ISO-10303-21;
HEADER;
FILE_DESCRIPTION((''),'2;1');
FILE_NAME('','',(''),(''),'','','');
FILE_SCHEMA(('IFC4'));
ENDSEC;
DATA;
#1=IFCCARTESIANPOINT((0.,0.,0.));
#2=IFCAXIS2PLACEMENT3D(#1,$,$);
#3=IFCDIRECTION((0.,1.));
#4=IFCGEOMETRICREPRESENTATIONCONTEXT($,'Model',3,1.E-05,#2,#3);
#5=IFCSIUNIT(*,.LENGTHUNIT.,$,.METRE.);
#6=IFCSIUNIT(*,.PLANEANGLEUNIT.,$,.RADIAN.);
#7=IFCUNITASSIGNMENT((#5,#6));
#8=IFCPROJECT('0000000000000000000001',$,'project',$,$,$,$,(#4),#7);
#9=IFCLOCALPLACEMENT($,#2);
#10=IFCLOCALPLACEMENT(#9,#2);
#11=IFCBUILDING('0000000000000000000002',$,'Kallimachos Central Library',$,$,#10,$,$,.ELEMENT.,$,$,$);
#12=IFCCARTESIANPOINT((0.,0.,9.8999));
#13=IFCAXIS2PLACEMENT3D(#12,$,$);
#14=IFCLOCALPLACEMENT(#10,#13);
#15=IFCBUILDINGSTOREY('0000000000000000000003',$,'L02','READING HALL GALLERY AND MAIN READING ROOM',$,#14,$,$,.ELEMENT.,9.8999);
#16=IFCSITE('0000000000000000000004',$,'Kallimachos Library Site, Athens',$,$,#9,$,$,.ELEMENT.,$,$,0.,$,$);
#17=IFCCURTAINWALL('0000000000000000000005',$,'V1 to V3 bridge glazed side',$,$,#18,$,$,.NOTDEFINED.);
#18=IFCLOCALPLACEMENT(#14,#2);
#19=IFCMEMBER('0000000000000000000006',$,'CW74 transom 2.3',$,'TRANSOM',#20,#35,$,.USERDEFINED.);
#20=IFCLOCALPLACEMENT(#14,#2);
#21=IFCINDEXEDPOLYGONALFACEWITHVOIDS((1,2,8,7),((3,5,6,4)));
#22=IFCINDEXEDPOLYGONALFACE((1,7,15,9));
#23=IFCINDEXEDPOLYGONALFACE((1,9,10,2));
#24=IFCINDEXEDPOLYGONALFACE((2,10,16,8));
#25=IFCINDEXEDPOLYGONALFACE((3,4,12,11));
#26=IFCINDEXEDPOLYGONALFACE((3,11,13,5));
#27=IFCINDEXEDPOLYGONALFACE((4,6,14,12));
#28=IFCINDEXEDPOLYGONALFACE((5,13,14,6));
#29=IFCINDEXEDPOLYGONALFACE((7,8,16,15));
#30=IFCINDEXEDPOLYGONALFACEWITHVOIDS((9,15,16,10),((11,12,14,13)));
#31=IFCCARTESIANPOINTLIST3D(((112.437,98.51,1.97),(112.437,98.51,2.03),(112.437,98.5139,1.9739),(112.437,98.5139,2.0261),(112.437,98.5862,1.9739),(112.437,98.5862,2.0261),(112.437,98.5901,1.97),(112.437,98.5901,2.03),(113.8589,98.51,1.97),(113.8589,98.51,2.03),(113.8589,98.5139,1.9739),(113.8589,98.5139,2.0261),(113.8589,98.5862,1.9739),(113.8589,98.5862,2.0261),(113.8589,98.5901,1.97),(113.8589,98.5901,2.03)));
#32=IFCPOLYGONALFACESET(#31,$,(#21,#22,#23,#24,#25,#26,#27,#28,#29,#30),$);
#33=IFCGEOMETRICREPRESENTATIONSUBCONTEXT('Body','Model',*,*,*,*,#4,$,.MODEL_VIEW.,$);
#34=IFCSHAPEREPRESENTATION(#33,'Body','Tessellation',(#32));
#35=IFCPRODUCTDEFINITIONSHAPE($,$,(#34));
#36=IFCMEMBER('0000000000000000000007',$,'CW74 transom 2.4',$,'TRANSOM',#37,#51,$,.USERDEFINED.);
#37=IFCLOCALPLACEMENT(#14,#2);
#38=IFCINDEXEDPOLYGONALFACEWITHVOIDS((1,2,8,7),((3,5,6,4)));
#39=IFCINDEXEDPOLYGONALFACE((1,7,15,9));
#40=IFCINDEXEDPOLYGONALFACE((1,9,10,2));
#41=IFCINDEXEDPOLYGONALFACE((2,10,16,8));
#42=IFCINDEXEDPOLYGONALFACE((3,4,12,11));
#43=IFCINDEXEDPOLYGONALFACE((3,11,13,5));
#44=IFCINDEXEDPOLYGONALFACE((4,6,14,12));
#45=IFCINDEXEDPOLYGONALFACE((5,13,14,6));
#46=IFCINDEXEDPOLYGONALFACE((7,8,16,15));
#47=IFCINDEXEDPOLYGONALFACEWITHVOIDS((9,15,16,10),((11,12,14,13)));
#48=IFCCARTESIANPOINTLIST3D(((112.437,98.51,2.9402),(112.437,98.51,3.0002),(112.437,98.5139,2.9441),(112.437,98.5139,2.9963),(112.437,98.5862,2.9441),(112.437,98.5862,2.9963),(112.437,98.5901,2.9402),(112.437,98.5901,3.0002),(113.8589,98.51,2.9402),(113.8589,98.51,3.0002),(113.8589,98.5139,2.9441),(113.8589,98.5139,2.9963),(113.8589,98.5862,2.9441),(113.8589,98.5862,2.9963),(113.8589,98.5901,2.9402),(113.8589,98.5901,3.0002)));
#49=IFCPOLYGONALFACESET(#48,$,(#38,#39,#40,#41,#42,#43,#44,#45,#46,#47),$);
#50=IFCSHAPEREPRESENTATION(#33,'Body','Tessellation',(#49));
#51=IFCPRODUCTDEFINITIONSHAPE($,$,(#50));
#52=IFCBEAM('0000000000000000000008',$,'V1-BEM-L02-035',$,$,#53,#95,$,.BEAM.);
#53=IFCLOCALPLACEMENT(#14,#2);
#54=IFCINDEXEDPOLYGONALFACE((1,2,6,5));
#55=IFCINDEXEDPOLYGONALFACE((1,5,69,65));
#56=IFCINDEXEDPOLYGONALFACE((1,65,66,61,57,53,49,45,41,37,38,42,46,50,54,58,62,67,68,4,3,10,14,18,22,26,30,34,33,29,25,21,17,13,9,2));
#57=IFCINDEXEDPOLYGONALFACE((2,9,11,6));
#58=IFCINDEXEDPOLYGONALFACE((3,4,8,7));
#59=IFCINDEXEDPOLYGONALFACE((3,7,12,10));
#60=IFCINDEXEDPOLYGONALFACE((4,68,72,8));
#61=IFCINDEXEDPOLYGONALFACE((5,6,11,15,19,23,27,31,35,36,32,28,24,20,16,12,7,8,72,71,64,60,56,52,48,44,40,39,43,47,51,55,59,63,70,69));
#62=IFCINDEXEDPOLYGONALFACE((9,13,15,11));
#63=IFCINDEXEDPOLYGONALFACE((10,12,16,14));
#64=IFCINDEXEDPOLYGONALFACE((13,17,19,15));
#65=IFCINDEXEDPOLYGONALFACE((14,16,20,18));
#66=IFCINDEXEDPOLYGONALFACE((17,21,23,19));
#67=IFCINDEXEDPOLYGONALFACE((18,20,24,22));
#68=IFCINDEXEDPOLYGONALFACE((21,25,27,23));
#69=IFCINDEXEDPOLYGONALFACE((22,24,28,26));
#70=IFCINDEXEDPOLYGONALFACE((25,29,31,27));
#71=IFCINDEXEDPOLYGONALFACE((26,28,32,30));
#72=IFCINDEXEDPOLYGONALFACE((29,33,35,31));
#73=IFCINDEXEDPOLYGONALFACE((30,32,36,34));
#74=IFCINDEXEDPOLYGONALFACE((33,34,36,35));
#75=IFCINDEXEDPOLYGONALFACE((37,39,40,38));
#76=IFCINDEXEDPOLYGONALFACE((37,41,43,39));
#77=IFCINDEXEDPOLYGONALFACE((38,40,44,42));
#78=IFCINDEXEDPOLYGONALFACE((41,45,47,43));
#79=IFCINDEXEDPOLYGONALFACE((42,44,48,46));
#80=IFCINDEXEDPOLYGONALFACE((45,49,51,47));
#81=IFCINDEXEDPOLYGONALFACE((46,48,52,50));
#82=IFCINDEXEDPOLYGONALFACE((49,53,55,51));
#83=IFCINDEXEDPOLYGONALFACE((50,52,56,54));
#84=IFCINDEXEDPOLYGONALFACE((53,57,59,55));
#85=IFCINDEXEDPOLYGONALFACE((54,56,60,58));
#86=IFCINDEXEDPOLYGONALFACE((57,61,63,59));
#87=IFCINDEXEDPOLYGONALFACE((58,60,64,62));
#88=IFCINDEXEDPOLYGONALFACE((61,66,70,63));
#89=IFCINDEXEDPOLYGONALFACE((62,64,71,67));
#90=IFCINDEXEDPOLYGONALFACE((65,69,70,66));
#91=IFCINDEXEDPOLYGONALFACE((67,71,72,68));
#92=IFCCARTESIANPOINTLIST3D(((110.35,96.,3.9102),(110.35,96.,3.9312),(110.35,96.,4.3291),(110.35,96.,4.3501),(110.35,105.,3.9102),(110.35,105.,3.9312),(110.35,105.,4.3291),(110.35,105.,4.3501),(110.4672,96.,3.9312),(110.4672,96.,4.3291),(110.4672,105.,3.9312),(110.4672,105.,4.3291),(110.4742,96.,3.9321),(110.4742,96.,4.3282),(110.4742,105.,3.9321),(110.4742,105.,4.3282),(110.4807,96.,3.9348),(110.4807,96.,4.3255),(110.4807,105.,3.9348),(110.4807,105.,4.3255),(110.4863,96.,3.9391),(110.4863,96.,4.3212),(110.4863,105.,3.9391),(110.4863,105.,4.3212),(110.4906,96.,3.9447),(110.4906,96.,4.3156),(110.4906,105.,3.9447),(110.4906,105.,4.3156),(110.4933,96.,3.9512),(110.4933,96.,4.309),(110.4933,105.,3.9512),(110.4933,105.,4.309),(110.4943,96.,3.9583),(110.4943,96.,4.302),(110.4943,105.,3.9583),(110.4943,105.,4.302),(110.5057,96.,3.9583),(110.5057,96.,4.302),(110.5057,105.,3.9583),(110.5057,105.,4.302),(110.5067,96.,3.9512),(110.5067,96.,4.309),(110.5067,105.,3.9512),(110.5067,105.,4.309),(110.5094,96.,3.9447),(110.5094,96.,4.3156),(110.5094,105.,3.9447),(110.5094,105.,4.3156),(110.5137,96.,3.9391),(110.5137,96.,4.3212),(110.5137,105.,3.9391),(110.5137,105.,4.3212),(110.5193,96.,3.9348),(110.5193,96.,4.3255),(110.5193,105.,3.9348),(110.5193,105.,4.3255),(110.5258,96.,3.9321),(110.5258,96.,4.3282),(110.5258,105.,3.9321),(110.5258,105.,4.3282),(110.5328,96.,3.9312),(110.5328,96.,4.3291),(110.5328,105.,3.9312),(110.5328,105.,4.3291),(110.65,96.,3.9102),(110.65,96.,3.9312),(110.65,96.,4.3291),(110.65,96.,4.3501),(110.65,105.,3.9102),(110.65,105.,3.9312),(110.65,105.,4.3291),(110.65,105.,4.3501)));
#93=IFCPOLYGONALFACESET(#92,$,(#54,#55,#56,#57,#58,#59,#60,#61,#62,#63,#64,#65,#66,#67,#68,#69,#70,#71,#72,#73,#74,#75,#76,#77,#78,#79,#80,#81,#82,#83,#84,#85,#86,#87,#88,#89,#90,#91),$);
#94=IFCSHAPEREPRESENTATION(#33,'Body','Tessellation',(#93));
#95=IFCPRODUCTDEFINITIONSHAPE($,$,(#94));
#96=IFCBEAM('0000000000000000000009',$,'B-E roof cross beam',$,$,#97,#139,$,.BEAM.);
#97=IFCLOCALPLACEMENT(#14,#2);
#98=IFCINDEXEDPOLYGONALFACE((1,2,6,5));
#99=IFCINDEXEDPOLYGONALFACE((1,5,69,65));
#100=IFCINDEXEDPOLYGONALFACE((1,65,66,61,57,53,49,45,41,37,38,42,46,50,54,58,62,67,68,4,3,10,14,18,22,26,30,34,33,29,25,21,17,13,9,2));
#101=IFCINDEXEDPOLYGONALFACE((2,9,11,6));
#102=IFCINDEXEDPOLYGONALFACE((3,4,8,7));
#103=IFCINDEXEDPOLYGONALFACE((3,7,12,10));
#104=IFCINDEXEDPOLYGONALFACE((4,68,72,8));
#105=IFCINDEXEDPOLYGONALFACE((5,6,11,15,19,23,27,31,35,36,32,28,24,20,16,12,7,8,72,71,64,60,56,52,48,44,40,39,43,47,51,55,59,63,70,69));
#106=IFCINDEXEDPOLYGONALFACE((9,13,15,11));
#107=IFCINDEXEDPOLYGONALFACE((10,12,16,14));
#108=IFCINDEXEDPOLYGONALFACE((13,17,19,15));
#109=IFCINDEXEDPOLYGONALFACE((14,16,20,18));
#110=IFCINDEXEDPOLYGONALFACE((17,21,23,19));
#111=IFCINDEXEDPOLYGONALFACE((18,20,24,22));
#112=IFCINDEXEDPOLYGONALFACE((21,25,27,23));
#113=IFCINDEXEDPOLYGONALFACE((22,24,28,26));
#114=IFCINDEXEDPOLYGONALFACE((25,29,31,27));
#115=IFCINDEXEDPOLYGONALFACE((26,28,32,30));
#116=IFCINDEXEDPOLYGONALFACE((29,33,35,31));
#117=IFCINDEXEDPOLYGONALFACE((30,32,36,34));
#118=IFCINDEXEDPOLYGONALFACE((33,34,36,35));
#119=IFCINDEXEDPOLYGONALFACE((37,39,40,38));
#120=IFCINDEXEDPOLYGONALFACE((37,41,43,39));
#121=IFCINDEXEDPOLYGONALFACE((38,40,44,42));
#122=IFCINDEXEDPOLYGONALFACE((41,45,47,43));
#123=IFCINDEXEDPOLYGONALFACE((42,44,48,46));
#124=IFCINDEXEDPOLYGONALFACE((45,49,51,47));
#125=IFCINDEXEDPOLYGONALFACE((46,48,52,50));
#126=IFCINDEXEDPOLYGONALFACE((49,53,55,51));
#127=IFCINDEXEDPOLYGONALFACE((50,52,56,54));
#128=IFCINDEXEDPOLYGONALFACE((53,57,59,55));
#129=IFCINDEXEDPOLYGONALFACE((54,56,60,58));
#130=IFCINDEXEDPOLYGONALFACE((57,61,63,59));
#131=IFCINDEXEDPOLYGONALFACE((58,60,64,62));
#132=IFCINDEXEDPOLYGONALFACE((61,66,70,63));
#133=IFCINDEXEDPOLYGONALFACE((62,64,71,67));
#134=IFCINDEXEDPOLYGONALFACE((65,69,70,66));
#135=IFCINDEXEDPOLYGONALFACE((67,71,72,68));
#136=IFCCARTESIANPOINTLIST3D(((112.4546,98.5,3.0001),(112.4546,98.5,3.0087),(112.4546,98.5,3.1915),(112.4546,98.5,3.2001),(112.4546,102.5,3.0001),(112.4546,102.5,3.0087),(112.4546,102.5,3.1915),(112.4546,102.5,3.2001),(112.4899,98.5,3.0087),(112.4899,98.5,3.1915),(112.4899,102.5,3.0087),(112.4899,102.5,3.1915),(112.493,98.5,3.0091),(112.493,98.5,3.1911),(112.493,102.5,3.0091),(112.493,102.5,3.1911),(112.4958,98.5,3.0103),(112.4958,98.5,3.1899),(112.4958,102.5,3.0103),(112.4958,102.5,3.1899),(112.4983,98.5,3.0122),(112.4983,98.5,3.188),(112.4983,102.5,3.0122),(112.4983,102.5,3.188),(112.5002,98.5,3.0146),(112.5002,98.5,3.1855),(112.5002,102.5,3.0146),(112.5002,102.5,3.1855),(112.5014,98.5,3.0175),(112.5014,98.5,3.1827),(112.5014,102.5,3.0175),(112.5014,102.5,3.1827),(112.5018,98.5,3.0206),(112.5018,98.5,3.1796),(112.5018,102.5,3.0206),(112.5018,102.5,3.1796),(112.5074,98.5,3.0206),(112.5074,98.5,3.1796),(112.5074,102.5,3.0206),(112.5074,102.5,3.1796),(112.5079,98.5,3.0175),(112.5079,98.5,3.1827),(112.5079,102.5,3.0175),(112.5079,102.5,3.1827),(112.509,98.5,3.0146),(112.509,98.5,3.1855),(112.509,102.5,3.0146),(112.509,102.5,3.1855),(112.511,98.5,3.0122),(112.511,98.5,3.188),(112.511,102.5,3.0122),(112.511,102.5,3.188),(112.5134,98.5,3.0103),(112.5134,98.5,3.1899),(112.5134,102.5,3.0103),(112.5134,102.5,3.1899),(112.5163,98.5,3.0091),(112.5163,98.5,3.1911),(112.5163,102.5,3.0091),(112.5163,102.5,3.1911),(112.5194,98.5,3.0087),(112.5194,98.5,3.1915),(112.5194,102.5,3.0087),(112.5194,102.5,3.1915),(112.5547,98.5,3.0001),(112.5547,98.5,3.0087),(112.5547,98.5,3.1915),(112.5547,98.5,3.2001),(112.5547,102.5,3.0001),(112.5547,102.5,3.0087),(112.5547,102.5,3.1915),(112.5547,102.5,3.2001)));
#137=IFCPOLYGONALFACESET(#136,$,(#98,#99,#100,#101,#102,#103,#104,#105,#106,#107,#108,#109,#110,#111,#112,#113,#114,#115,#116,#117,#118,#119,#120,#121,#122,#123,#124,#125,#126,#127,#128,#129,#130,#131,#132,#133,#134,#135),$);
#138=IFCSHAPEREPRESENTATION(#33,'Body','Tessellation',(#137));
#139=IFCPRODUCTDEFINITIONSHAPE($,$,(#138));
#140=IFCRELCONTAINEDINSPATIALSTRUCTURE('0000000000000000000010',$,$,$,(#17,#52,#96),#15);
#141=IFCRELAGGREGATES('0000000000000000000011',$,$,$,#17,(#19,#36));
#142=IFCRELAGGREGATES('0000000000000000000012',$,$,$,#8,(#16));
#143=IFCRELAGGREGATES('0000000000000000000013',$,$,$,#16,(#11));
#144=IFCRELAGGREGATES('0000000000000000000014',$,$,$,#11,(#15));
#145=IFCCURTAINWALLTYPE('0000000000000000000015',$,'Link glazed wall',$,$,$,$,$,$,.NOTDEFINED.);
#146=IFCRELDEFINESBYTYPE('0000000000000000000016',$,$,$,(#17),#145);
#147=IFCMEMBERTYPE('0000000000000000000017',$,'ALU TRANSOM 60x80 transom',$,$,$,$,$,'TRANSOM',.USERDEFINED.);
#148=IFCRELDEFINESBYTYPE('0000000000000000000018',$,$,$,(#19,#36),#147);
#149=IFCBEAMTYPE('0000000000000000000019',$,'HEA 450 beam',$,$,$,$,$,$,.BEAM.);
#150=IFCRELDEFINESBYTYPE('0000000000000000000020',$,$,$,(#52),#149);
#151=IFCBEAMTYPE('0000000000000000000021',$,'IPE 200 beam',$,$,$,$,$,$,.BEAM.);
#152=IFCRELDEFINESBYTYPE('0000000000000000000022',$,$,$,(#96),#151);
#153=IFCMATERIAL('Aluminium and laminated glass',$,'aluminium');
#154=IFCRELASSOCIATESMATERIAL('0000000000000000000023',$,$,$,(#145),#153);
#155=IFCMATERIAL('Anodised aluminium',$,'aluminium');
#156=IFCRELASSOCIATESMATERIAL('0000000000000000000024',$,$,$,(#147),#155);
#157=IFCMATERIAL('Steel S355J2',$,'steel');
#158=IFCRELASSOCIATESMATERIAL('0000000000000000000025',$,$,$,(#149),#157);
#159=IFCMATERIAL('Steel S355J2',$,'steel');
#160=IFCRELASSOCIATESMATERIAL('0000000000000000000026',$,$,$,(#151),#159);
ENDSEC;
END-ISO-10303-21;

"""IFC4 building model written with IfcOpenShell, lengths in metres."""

from ifc_helpers import new_model, si_unit, direction, frame, origin, origin_2d, place, context, subcontext, project, spatial, hollow_rectangle, i_section, extrude, material, material_profile, profile_set, type_object, element, aggregate, save


model = new_model("IFC4")

# Units and contexts
model_context = context("Model", 3, precision=1e-05, world=origin(), true_north=direction((0.0, 1.0)))
body_context = subcontext(model_context, "Body", "Model", "MODEL_VIEW")
ifc_project = project(units=[si_unit("LENGTHUNIT", "METRE"), si_unit("PLANEANGLEUNIT", "RADIAN")], contexts=[model_context])

# Site, building, storey
site_placement = place(None, origin())
site = spatial("IfcSite", under=ifc_project, at=site_placement, Name="Kallimachos Library Site, Athens", CompositionType="ELEMENT", RefElevation=0.0)
building_placement = place(site_placement, origin())
building = spatial("IfcBuilding", under=site, at=building_placement, Name="Kallimachos Central Library", CompositionType="ELEMENT")
storey_placement = place(building_placement, frame((0.0, 0.0, 9.8999)))
storey = spatial("IfcBuildingStorey", under=building, at=storey_placement, Name="L02", Description="READING HALL GALLERY AND MAIN READING ROOM", CompositionType="ELEMENT", Elevation=9.8999)

# Curtain wall, members
ifc_material_1 = material(Name="Aluminium and laminated glass", Category="aluminium")
curtain_wall_type = type_object("IfcCurtainWallType", Name="Link glazed wall", PredefinedType="NOTDEFINED", material=ifc_material_1)
curtain_wall_placement = place(storey_placement, origin())
curtain_wall = element("IfcCurtainWall", 1, at=curtain_wall_placement, inside=storey, type_object=curtain_wall_type, Name="V1 to V3 bridge glazed side", PredefinedType="NOTDEFINED")
ifc_material_2 = material(Name="Anodised aluminium", Category="aluminium")
ifc_material_profile_1 = material_profile(ifc_material_2, hollow_rectangle(XDim=0.0601, YDim=0.0801, WallThickness=0.0039, at=origin_2d()), Name="ALU TRANSOM 60x80")
ifc_profile_set_1 = profile_set([ifc_material_profile_1], Name="Anodised aluminium")
member_type_1 = type_object("IfcMemberType", Name="ALU TRANSOM 60x80 transom", ElementType="TRANSOM", PredefinedType="USERDEFINED", material=ifc_profile_set_1)
member_1_placement = place(storey_placement, frame((112.437, 98.55, 2.0), z_axis=(1.0, 0.0, 0.0), x_axis=(0.0, 0.0, 1.0)))
member_1 = element("IfcMember", 2, at=member_1_placement, type_object=member_type_1, Name="CW74 transom 2.3", ObjectType="TRANSOM", PredefinedType="USERDEFINED", context=body_context, shape_type="SweptSolid", body=[
    extrude(hollow_rectangle(XDim=0.0601, YDim=0.0801, WallThickness=0.0039, at=origin_2d()), origin(), (0.0, 0.0, 1.0), 1.4219),
])
member_2_placement = place(storey_placement, frame((112.437, 98.55, 2.9702), z_axis=(1.0, 0.0, 0.0), x_axis=(0.0, 0.0, 1.0)))
member_2 = element("IfcMember", 3, at=member_2_placement, type_object=member_type_1, Name="CW74 transom 2.4", ObjectType="TRANSOM", PredefinedType="USERDEFINED", context=body_context, shape_type="SweptSolid", body=[
    extrude(hollow_rectangle(XDim=0.0601, YDim=0.0801, WallThickness=0.0039, at=origin_2d()), origin(), (0.0, 0.0, 1.0), 1.4219),
])

# Beams
ifc_material_3 = material(Name="Steel S355J2", Category="steel")
ifc_material_profile_2 = material_profile(ifc_material_3, i_section(OverallWidth=0.3, OverallDepth=0.4399, WebThickness=0.0115, FlangeThickness=0.021, FilletRadius=0.0271, at=origin_2d()), Name="HEA 450")
ifc_profile_set_2 = profile_set([ifc_material_profile_2], Name="Steel S355J2")
beam_type_1 = type_object("IfcBeamType", Name="HEA 450 beam", PredefinedType="BEAM", material=ifc_profile_set_2)
beam_1_placement = place(storey_placement, frame((110.5, 96.0, 4.1301), z_axis=(0.0, 1.0, 0.0), x_axis=(-1.0, 0.0, 0.0)))
element("IfcBeam", 4, at=beam_1_placement, inside=storey, type_object=beam_type_1, Name="V1-BEM-L02-035", PredefinedType="BEAM", context=body_context, shape_type="SweptSolid", body=[
    extrude(i_section(OverallWidth=0.3, OverallDepth=0.4399, WebThickness=0.0115, FlangeThickness=0.021, FilletRadius=0.0271, at=origin_2d()), origin(), (0.0, 0.0, 1.0), 9.0),
])
ifc_material_4 = material(Name="Steel S355J2", Category="steel")
ifc_material_profile_3 = material_profile(ifc_material_4, i_section(OverallWidth=0.1001, OverallDepth=0.2, WebThickness=0.0056, FlangeThickness=0.0085, FilletRadius=0.012, at=origin_2d()), Name="IPE 200")
ifc_profile_set_3 = profile_set([ifc_material_profile_3], Name="Steel S355J2")
beam_type_2 = type_object("IfcBeamType", Name="IPE 200 beam", PredefinedType="BEAM", material=ifc_profile_set_3)
beam_2_placement = place(storey_placement, frame((112.5046, 98.5, 3.1001), z_axis=(0.0, 1.0, 0.0), x_axis=(-1.0, 0.0, 0.0)))
element("IfcBeam", 5, at=beam_2_placement, inside=storey, type_object=beam_type_2, Name="B-E roof cross beam", PredefinedType="BEAM", context=body_context, shape_type="SweptSolid", body=[
    extrude(i_section(OverallWidth=0.1001, OverallDepth=0.2, WebThickness=0.0056, FlangeThickness=0.0085, FilletRadius=0.012, at=origin_2d()), origin(), (0.0, 0.0, 1.0), 4.0),
])

aggregate(curtain_wall, [member_1, member_2])

save(model, "model.ifc")
